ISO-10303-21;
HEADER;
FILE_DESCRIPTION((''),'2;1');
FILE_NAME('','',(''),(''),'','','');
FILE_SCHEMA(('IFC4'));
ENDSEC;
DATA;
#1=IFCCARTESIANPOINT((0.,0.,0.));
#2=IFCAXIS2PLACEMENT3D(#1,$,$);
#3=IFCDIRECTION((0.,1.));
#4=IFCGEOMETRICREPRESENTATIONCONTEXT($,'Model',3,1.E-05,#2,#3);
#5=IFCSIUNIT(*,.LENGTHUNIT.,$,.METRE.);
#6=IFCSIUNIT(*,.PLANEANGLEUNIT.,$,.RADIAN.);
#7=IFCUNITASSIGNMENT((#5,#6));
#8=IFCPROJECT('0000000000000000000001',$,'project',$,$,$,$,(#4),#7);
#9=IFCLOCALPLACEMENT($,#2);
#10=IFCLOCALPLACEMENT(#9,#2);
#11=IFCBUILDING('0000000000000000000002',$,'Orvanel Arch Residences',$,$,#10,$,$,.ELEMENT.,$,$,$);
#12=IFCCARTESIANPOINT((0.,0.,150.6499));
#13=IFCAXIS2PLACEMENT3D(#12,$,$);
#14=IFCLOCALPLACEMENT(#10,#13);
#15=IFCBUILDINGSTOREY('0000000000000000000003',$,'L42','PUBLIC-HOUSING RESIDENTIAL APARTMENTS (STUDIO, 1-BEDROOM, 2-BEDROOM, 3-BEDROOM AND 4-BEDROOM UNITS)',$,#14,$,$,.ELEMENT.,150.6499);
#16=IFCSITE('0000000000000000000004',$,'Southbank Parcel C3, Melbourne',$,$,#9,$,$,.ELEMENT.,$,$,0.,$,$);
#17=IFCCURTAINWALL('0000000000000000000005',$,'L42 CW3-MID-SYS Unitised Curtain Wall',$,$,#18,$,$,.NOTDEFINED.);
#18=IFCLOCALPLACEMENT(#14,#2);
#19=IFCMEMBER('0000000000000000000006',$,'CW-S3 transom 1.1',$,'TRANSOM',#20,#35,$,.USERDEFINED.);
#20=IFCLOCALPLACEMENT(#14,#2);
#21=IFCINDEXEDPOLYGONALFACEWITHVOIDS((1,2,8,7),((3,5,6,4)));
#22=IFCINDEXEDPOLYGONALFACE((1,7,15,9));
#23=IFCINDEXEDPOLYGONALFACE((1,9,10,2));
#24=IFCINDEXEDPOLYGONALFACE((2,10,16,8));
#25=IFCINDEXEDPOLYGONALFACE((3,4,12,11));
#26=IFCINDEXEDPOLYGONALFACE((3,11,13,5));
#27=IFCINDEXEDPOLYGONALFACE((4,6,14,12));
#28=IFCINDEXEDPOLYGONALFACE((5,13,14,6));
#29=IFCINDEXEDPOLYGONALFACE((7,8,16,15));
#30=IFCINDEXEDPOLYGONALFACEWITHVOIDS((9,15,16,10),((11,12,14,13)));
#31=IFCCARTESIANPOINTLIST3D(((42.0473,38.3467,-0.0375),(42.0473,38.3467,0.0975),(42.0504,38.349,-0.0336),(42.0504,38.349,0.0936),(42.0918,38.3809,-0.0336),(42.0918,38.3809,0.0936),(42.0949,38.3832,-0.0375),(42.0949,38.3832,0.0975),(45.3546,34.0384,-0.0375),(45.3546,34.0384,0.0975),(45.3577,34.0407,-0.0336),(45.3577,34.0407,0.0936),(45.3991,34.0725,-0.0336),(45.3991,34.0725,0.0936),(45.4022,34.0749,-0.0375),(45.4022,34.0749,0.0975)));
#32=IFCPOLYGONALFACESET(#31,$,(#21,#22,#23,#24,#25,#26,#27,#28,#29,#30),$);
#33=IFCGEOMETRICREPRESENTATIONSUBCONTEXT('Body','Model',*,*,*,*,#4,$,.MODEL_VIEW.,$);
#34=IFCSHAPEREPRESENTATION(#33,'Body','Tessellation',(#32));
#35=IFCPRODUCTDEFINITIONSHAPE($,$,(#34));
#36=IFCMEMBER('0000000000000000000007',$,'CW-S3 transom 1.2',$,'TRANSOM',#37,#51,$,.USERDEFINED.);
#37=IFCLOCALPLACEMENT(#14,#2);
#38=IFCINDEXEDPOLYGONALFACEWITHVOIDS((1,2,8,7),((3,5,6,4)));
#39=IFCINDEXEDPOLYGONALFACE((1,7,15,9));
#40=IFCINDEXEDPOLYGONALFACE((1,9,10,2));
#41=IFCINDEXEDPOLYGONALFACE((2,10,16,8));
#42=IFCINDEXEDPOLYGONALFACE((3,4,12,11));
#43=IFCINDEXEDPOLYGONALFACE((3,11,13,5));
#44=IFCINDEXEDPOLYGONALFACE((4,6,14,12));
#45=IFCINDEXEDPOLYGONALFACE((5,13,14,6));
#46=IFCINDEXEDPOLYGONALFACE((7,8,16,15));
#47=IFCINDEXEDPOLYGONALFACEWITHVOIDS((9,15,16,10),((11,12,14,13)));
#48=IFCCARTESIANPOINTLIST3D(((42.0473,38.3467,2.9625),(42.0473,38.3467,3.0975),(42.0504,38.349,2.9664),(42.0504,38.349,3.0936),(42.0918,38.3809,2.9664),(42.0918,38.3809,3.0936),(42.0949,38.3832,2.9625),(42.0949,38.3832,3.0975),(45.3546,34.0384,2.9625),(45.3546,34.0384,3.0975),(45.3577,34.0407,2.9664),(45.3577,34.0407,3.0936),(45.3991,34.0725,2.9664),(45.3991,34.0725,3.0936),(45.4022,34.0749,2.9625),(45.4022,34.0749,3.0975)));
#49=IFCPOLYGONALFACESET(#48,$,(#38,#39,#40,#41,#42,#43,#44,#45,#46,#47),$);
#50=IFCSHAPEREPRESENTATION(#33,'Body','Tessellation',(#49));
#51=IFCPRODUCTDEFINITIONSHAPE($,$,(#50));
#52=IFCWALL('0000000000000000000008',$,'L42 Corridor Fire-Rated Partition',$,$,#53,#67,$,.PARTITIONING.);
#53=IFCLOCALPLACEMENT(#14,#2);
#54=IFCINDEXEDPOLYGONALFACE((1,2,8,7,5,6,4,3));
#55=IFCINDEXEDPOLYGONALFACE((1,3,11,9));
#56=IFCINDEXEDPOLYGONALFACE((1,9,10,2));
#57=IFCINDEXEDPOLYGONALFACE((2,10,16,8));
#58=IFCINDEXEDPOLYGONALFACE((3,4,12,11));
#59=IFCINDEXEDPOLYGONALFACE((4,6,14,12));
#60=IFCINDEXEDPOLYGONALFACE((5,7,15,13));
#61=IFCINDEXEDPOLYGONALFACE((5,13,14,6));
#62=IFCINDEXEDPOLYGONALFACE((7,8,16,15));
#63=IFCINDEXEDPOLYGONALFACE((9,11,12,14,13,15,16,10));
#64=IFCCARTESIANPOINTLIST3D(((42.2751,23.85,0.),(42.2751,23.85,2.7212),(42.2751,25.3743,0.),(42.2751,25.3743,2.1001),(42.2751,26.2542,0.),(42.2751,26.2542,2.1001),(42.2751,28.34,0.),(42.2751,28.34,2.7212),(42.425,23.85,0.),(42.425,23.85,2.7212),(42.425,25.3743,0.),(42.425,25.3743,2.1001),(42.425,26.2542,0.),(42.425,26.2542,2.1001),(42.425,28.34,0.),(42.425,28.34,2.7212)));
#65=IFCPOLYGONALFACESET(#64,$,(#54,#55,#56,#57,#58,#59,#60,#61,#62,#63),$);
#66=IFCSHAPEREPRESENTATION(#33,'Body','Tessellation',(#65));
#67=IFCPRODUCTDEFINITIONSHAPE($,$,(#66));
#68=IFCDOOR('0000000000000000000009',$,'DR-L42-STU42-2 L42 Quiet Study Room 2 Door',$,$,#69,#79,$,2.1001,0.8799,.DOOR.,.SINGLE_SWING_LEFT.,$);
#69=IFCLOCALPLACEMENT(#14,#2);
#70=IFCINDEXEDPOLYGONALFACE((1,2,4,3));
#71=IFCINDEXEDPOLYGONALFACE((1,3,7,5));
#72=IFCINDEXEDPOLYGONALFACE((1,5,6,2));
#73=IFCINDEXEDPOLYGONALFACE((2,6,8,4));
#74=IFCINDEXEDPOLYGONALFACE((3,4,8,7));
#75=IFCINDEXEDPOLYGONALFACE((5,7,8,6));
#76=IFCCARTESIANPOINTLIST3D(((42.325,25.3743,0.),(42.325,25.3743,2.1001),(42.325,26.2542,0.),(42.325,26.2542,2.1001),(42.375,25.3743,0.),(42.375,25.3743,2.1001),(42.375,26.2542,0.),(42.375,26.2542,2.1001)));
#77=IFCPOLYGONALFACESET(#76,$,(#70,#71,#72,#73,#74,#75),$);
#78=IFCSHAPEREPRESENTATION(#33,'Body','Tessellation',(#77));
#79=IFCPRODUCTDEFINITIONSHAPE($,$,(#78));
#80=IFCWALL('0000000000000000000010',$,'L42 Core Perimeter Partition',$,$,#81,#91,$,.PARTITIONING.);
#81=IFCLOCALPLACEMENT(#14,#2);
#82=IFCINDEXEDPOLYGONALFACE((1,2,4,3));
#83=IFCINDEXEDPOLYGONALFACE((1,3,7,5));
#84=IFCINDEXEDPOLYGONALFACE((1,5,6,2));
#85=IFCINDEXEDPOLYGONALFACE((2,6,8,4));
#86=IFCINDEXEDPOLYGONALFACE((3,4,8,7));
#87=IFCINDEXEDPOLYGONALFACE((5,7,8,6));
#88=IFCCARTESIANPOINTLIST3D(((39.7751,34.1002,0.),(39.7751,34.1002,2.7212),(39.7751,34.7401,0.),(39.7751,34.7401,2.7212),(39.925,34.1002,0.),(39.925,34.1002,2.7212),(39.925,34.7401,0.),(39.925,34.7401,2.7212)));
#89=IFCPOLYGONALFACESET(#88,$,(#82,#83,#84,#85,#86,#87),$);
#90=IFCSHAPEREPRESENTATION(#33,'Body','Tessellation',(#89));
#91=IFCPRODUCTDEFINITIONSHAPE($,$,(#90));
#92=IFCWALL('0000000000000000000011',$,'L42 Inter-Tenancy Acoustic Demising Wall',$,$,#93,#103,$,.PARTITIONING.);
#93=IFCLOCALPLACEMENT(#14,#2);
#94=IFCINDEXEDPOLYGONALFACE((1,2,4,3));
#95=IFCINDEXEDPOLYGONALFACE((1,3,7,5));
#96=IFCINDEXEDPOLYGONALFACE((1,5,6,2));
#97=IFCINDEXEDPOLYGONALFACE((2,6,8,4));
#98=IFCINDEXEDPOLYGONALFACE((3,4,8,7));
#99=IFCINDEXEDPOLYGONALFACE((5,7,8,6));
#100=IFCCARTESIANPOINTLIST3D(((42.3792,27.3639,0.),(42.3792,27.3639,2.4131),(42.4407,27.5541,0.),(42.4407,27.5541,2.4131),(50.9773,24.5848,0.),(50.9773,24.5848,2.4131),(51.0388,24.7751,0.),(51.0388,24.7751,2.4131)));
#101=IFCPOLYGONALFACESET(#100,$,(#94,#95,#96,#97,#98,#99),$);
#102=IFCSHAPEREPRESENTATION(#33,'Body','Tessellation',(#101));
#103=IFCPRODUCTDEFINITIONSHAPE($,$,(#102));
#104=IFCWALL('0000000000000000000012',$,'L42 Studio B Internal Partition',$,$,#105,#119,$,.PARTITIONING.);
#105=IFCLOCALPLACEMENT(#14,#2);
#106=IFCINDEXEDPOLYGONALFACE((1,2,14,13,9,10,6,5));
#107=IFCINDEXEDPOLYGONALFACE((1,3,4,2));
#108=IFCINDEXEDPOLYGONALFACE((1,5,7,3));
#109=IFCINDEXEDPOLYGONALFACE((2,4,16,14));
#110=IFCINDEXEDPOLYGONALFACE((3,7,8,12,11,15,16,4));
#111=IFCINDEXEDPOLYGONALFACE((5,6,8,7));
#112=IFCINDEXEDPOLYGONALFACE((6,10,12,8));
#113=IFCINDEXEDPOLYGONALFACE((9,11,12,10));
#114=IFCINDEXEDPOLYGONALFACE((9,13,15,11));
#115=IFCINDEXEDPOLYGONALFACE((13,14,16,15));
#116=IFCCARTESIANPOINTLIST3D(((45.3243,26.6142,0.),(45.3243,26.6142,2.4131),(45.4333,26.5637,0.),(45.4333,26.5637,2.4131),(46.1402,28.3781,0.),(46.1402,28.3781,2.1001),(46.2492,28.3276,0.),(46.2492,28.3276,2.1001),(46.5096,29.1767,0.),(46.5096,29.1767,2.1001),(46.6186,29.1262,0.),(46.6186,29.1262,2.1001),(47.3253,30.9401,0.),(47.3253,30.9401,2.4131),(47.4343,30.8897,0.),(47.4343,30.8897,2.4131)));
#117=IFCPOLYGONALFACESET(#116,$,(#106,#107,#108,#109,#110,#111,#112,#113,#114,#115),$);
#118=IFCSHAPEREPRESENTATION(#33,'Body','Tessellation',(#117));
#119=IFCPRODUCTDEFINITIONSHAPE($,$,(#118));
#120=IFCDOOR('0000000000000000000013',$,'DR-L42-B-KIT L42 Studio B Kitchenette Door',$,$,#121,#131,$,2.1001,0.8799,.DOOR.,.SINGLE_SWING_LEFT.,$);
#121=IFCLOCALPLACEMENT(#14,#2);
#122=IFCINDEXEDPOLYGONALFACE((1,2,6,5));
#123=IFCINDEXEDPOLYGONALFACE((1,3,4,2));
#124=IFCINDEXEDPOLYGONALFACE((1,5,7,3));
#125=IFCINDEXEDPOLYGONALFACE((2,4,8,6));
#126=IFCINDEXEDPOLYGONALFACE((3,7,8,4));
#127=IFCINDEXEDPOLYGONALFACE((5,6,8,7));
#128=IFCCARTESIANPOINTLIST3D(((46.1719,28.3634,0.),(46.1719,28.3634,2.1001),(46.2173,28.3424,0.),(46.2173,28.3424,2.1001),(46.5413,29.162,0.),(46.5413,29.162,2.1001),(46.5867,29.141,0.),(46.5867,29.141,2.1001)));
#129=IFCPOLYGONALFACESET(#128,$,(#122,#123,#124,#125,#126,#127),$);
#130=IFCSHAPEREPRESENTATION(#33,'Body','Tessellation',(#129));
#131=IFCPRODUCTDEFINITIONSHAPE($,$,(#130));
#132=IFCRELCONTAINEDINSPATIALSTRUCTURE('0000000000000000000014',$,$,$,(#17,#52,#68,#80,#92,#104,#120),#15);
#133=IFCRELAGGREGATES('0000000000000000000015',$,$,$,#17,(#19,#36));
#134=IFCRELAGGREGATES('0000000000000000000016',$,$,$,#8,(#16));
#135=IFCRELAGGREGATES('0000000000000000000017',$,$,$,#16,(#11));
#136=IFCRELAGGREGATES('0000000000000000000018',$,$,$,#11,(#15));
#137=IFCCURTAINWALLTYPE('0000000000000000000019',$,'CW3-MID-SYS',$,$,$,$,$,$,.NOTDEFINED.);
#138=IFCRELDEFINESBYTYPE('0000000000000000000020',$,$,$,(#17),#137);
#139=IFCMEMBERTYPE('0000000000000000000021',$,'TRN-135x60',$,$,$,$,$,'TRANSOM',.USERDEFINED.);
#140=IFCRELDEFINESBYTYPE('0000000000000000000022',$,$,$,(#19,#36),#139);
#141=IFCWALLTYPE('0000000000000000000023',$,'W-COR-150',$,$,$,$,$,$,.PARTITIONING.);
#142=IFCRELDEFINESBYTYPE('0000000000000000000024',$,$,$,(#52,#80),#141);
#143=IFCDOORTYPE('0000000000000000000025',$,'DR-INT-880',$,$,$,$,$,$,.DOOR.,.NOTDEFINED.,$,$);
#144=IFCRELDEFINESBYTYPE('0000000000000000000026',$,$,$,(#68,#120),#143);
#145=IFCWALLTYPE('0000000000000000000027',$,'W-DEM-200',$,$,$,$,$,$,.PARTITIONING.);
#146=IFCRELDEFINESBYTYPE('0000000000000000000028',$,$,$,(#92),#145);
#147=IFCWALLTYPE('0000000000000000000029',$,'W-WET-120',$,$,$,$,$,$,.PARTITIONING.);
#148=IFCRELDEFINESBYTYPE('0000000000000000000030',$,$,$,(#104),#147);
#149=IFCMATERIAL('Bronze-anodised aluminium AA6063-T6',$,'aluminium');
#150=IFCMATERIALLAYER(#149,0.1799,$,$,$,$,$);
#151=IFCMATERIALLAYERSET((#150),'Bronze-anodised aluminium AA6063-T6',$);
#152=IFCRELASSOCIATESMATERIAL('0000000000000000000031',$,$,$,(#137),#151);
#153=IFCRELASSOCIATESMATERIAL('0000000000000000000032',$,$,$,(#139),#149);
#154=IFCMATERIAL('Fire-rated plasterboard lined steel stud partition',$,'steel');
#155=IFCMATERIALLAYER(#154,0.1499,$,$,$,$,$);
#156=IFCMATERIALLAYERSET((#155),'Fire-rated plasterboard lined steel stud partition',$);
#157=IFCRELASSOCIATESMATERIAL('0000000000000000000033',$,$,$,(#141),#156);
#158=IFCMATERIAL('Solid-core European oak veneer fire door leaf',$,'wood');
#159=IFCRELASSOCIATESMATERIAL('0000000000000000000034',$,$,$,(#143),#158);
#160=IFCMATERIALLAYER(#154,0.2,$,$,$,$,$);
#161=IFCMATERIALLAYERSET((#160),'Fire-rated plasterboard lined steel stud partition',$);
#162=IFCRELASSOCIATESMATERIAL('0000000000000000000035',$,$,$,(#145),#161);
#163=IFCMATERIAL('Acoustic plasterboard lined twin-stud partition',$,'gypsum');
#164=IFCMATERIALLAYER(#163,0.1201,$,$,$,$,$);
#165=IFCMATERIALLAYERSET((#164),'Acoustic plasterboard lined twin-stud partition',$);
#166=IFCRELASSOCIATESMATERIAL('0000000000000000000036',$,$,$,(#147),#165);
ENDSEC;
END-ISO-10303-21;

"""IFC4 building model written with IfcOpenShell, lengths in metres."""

from ifc_helpers import new_model, si_unit, direction, frame, frame_2d, origin, origin_2d, place, context, subcontext, project, spatial, rectangle, hollow_rectangle, extrude, material, layer, layer_set, material_profile, profile_set, type_object, element, fill, aggregate, save


model = new_model("IFC4")

# Units and contexts
model_context = context("Model", 3, precision=1e-05, world=origin(), true_north=direction((0.0, 1.0)))
body_context = subcontext(model_context, "Body", "Model", "MODEL_VIEW")
ifc_project = project(units=[si_unit("LENGTHUNIT", "METRE"), si_unit("PLANEANGLEUNIT", "RADIAN")], contexts=[model_context])

# Site, building, storey
site_placement = place(None, origin())
site = spatial("IfcSite", under=ifc_project, at=site_placement, Name="Southbank Parcel C3, Melbourne", CompositionType="ELEMENT", RefElevation=0.0)
building_placement = place(site_placement, origin())
building = spatial("IfcBuilding", under=site, at=building_placement, Name="Orvanel Arch Residences", CompositionType="ELEMENT")
storey_placement = place(building_placement, frame((0.0, 0.0, 150.6499)))
storey = spatial("IfcBuildingStorey", under=building, at=storey_placement, Name="L42", Description="PUBLIC-HOUSING RESIDENTIAL APARTMENTS (STUDIO, 1-BEDROOM, 2-BEDROOM, 3-BEDROOM AND 4-BEDROOM UNITS)", CompositionType="ELEMENT", Elevation=150.6499)

# Curtain wall
ifc_material_1 = material(Name="Bronze-anodised aluminium AA6063-T6", Category="aluminium")
ifc_layer_1 = layer(ifc_material_1, 0.1799)
ifc_layer_set_1 = layer_set([ifc_layer_1], Name="Bronze-anodised aluminium AA6063-T6")
curtain_wall_type = type_object("IfcCurtainWallType", Name="CW3-MID-SYS", PredefinedType="NOTDEFINED", material=ifc_layer_set_1)
curtain_wall_placement = place(storey_placement, origin())
curtain_wall = element("IfcCurtainWall", 1, at=curtain_wall_placement, inside=storey, type_object=curtain_wall_type, Name="L42 CW3-MID-SYS Unitised Curtain Wall", PredefinedType="NOTDEFINED")

# Members
ifc_material_profile_1 = material_profile(ifc_material_1, hollow_rectangle(XDim=0.0601, YDim=0.135, WallThickness=0.0039, at=origin_2d()), Name="ALU135x60x4")
ifc_profile_set_1 = profile_set([ifc_material_profile_1], Name="Bronze-anodised aluminium AA6063-T6")
member_type_1 = type_object("IfcMemberType", Name="TRN-135x60", ElementType="TRANSOM", PredefinedType="USERDEFINED", material=ifc_profile_set_1)
member_1_placement = place(storey_placement, frame((45.3784, 34.0566, 0.03), z_axis=(-0.608931, 0.793223, 0.0), x_axis=(-0.793223, -0.608931, 0.0)))
member_1 = element("IfcMember", 2, at=member_1_placement, type_object=member_type_1, Name="CW-S3 transom 1.1", ObjectType="TRANSOM", PredefinedType="USERDEFINED", context=body_context, shape_type="SweptSolid", body=[
    extrude(hollow_rectangle(XDim=0.0601, YDim=0.135, WallThickness=0.0039, at=origin_2d()), origin(), (0.0, 0.0, 1.0), 5.4314),
])
member_2_placement = place(storey_placement, frame((45.3784, 34.0566, 3.03), z_axis=(-0.608931, 0.793223, 0.0), x_axis=(-0.793223, -0.608931, 0.0)))
member_2 = element("IfcMember", 3, at=member_2_placement, type_object=member_type_1, Name="CW-S3 transom 1.2", ObjectType="TRANSOM", PredefinedType="USERDEFINED", context=body_context, shape_type="SweptSolid", body=[
    extrude(hollow_rectangle(XDim=0.0601, YDim=0.135, WallThickness=0.0039, at=origin_2d()), origin(), (0.0, 0.0, 1.0), 5.4314),
])
aggregate(curtain_wall, [member_1, member_2])

# Wall, opening, door
ifc_material_2 = material(Name="Fire-rated plasterboard lined steel stud partition", Category="steel")
ifc_layer_2 = layer(ifc_material_2, 0.1499)
ifc_layer_set_2 = layer_set([ifc_layer_2], Name="Fire-rated plasterboard lined steel stud partition")
wall_type_1 = type_object("IfcWallType", Name="W-COR-150", PredefinedType="PARTITIONING", material=ifc_layer_set_2)
ifc_material_3 = material(Name="Solid-core European oak veneer fire door leaf", Category="wood")
wall_1_placement = place(storey_placement, frame((42.3501, 28.3401, 0.0), z_axis=(0.0, 0.0, 1.0), x_axis=(0.0, -1.0, 0.0)))
wall_1 = element("IfcWall", 4, at=wall_1_placement, inside=storey, type_object=wall_type_1, Name="L42 Corridor Fire-Rated Partition", PredefinedType="PARTITIONING", context=body_context, shape_type="SweptSolid", body=[
    extrude(rectangle(XDim=4.49, YDim=0.1499, at=frame_2d((2.2451, 0.0))), origin(), (0.0, 0.0, 1.0), 2.7212),
])
opening_1_placement = place(wall_1_placement, frame((2.0859, 0.0, 0.0)))
opening_1 = element("IfcOpeningElement", 5, at=opening_1_placement, cuts=wall_1, PredefinedType="OPENING", context=body_context, shape_type="SweptSolid", body=[
    extrude(rectangle(XDim=0.8799, YDim=2.1001, at=frame_2d((0.4399, 1.05))), frame((0.0, 0.085, 0.0), z_axis=(0.0, -1.0, 0.0), x_axis=(1.0, 0.0, 0.0)), (0.0, 0.0, 1.0), 0.1699),
])
door_type_1 = type_object("IfcDoorType", Name="DR-INT-880", OperationType="NOTDEFINED", PredefinedType="DOOR", material=ifc_material_3)
door_1_placement = place(opening_1_placement, origin())
door_1 = element("IfcDoor", 6, at=door_1_placement, inside=storey, type_object=door_type_1, Name="DR-L42-STU42-2 L42 Quiet Study Room 2 Door", OperationType="SINGLE_SWING_LEFT", OverallHeight=2.1001, OverallWidth=0.8799, PredefinedType="DOOR", context=body_context, shape_type="SweptSolid", body=[
    extrude(rectangle(XDim=0.8799, YDim=2.1001, at=frame_2d((0.4399, 1.05))), frame((0.0, 0.0249, 0.0), z_axis=(0.0, -1.0, 0.0), x_axis=(1.0, 0.0, 0.0)), (0.0, 0.0, 1.0), 0.05),
])
fill(opening_1, door_1)

# Walls
wall_2_placement = place(storey_placement, frame((39.8501, 34.74, 0.0), z_axis=(0.0, 0.0, 1.0), x_axis=(0.0, -1.0, 0.0)))
element("IfcWall", 7, at=wall_2_placement, inside=storey, type_object=wall_type_1, Name="L42 Core Perimeter Partition", PredefinedType="PARTITIONING", context=body_context, shape_type="SweptSolid", body=[
    extrude(rectangle(XDim=0.6399, YDim=0.1499, at=frame_2d((0.3198, 0.0))), origin(), (0.0, 0.0, 1.0), 2.7212),
])
ifc_layer_3 = layer(ifc_material_2, 0.2)
ifc_layer_set_3 = layer_set([ifc_layer_3], Name="Fire-rated plasterboard lined steel stud partition")
wall_type_2 = type_object("IfcWallType", Name="W-DEM-200", PredefinedType="PARTITIONING", material=ifc_layer_set_3)
wall_3_placement = place(storey_placement, frame((42.4099, 27.459, 0.0), z_axis=(0.0, 0.0, 1.0), x_axis=(0.951532, -0.30755, 0.0)))
element("IfcWall", 8, at=wall_3_placement, inside=storey, type_object=wall_type_2, Name="L42 Inter-Tenancy Acoustic Demising Wall", PredefinedType="PARTITIONING", context=body_context, shape_type="SweptSolid", body=[
    extrude(rectangle(XDim=9.0361, YDim=0.2, at=frame_2d((4.5181, 0.0))), origin(), (0.0, 0.0, 1.0), 2.4131),
])

# Wall, opening, door
ifc_material_4 = material(Name="Acoustic plasterboard lined twin-stud partition", Category="gypsum")
ifc_layer_4 = layer(ifc_material_4, 0.1201)
ifc_layer_set_4 = layer_set([ifc_layer_4], Name="Acoustic plasterboard lined twin-stud partition")
wall_type_3 = type_object("IfcWallType", Name="W-WET-120", PredefinedType="PARTITIONING", material=ifc_layer_set_4)
wall_4_placement = place(storey_placement, frame((47.3799, 30.915, 0.0), z_axis=(0.0, 0.0, 1.0), x_axis=(-0.419818, -0.907608, 0.0)))
wall_4 = element("IfcWall", 9, at=wall_4_placement, inside=storey, type_object=wall_type_3, Name="L42 Studio B Internal Partition", PredefinedType="PARTITIONING", context=body_context, shape_type="SweptSolid", body=[
    extrude(rectangle(XDim=4.7664, YDim=0.1201, at=frame_2d((2.3833, 0.0))), origin(), (0.0, 0.0, 1.0), 2.4131),
])
opening_2_placement = place(wall_4_placement, frame((1.9431, 0.0, 0.0)))
opening_2 = element("IfcOpeningElement", 10, at=opening_2_placement, cuts=wall_4, PredefinedType="OPENING", context=body_context, shape_type="SweptSolid", body=[
    extrude(rectangle(XDim=0.8799, YDim=2.1001, at=frame_2d((0.4399, 1.05))), frame((0.0, 0.0701, 0.0), z_axis=(0.0, -1.0, 0.0), x_axis=(1.0, 0.0, 0.0)), (0.0, 0.0, 1.0), 0.1401),
])
door_2_placement = place(opening_2_placement, origin())
door_2 = element("IfcDoor", 11, at=door_2_placement, inside=storey, type_object=door_type_1, Name="DR-L42-B-KIT L42 Studio B Kitchenette Door", OperationType="SINGLE_SWING_LEFT", OverallHeight=2.1001, OverallWidth=0.8799, PredefinedType="DOOR", context=body_context, shape_type="SweptSolid", body=[
    extrude(rectangle(XDim=0.8799, YDim=2.1001, at=frame_2d((0.4399, 1.05))), frame((0.0, 0.0249, 0.0), z_axis=(0.0, -1.0, 0.0), x_axis=(1.0, 0.0, 0.0)), (0.0, 0.0, 1.0), 0.05),
])
fill(opening_2, door_2)

save(model, "model.ifc")
